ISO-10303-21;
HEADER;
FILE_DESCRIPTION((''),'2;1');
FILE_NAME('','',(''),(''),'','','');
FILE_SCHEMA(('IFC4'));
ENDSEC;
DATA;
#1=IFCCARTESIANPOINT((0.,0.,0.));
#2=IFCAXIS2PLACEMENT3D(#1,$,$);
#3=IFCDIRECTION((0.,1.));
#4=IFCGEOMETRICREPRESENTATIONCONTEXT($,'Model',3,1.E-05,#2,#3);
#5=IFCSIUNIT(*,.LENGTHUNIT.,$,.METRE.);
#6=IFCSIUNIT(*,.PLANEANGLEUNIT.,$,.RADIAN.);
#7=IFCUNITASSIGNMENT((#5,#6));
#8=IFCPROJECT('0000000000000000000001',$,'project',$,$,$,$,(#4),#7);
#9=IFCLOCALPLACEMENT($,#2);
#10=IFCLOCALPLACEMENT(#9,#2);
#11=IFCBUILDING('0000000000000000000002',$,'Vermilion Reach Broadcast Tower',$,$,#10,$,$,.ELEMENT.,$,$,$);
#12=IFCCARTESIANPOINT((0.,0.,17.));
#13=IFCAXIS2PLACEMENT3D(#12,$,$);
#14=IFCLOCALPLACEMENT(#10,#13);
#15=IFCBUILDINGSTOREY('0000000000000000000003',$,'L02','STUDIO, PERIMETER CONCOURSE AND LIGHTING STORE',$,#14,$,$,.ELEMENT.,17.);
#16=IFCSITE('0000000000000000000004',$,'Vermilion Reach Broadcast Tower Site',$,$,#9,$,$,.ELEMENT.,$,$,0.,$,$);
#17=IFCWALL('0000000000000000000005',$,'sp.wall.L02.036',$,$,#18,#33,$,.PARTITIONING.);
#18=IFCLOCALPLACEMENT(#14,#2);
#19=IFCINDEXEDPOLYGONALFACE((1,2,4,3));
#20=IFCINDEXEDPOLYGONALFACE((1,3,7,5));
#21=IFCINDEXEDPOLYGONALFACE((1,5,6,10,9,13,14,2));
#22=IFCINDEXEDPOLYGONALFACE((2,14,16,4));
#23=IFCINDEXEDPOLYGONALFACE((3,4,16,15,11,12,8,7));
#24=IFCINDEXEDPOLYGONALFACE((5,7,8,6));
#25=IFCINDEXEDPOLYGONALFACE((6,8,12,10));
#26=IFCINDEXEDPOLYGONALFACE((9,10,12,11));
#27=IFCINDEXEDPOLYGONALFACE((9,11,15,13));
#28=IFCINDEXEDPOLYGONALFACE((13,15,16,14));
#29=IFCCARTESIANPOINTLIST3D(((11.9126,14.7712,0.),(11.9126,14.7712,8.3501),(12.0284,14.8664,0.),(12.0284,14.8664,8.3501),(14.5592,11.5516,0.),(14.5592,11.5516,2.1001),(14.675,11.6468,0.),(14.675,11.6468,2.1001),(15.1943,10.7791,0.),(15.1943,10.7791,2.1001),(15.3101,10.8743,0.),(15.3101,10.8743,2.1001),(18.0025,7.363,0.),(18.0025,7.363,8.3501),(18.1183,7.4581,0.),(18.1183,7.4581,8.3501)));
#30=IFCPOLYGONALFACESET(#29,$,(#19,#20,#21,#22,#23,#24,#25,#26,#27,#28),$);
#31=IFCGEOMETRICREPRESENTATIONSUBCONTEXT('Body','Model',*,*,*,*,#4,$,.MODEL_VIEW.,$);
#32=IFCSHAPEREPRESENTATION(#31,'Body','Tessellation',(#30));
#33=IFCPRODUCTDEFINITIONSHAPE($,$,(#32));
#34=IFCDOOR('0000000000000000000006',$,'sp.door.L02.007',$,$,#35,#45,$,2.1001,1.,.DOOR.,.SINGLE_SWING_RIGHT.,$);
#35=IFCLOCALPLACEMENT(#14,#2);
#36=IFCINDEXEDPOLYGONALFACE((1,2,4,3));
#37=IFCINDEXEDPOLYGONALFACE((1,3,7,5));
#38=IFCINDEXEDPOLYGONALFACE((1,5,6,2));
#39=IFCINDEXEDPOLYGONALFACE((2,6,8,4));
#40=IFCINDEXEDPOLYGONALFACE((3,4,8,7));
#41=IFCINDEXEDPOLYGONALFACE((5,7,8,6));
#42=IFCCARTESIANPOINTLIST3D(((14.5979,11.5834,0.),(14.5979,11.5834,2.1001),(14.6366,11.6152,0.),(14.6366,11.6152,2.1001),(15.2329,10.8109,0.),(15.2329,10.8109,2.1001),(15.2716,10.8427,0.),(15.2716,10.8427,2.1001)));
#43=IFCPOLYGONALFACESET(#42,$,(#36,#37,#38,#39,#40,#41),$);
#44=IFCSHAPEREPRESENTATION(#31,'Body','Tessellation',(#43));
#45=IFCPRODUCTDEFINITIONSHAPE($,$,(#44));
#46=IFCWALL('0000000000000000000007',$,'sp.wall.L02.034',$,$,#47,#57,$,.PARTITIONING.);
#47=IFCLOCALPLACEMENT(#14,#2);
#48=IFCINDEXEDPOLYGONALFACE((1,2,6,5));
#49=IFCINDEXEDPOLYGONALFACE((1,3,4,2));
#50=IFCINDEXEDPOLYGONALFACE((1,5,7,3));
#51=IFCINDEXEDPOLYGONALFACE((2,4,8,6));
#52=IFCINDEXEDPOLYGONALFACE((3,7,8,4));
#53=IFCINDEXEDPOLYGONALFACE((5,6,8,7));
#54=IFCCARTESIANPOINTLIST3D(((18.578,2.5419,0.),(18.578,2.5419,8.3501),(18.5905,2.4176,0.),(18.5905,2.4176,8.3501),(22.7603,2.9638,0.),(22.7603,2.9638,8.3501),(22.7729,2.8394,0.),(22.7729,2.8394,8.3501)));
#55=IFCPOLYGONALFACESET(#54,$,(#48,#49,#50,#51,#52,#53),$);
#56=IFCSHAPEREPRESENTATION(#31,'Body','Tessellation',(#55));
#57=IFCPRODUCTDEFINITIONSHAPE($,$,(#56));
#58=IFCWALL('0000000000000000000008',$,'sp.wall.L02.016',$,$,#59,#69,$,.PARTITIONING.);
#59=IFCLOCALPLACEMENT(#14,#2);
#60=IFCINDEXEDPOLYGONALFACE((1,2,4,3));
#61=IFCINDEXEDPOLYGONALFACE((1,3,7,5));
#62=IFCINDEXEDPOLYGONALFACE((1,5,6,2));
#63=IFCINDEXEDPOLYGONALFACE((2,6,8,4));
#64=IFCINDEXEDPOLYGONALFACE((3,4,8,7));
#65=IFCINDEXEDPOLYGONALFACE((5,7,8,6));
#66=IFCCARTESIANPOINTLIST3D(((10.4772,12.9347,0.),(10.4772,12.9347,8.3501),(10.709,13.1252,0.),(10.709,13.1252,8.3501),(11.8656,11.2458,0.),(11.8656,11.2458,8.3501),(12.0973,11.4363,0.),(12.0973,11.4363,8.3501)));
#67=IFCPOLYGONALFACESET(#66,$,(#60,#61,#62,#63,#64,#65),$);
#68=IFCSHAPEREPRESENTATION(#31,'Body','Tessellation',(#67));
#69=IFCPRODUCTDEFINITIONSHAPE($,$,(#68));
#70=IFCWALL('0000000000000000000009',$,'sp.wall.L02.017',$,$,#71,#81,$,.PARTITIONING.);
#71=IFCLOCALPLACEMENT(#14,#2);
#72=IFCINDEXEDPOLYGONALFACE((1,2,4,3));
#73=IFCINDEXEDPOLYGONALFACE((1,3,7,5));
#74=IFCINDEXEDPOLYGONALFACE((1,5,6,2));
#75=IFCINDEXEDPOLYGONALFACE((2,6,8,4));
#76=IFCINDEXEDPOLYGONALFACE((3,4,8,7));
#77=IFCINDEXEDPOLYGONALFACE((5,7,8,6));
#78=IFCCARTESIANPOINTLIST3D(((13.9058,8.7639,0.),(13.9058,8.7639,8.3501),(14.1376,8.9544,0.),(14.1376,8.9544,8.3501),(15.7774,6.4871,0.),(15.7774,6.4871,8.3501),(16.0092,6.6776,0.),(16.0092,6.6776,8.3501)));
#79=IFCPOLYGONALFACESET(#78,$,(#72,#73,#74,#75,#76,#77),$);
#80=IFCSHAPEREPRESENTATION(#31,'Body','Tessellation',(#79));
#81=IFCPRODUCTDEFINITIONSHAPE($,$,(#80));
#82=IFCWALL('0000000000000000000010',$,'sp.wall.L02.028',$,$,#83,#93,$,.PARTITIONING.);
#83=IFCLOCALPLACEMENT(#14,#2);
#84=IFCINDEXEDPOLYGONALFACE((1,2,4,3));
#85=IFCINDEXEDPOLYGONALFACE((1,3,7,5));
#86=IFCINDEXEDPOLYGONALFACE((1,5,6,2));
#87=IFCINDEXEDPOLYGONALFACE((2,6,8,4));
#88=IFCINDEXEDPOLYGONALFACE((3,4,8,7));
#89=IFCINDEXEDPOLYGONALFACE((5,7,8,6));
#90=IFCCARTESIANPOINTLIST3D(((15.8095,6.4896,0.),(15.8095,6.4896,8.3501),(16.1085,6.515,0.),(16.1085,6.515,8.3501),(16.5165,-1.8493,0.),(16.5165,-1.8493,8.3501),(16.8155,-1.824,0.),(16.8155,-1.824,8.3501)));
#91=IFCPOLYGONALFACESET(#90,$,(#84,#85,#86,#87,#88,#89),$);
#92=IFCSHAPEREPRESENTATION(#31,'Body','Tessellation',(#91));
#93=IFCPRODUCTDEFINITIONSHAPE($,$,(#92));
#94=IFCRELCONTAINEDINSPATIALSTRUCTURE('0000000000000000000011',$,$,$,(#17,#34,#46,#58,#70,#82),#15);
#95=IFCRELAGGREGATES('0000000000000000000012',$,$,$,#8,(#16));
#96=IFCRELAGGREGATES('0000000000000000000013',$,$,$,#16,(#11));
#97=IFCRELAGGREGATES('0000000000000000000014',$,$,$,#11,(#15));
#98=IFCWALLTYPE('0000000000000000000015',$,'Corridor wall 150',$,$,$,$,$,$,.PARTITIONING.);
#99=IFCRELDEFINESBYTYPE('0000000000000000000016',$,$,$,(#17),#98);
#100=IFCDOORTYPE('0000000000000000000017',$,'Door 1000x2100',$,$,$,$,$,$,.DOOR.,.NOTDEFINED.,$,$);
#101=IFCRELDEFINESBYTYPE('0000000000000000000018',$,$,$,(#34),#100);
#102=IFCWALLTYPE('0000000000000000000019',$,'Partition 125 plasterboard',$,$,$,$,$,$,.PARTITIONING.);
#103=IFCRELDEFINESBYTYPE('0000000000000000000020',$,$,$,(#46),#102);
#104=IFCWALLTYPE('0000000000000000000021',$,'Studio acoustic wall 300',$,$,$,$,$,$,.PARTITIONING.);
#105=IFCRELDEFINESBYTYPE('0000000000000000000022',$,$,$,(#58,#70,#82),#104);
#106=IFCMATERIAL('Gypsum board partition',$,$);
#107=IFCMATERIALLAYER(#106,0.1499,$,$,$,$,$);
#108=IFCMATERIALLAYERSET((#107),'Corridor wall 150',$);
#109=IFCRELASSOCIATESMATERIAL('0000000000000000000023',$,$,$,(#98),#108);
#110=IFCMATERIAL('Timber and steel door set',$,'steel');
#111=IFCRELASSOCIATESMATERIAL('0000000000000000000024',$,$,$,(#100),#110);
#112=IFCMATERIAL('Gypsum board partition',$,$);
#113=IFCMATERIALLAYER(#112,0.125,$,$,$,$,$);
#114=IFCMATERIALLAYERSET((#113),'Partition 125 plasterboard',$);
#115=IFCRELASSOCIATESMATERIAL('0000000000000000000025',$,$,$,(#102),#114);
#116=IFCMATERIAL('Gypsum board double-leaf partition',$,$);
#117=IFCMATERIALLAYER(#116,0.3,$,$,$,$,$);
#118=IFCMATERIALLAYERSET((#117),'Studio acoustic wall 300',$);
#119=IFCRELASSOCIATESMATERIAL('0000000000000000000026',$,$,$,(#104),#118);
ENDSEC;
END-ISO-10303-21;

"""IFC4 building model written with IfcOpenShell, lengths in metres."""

from ifc_helpers import new_model, si_unit, direction, frame, frame_2d, origin, place, context, subcontext, project, spatial, rectangle, extrude, material, layer, layer_set, type_object, element, fill, save


model = new_model("IFC4")

# Units and contexts
model_context = context("Model", 3, precision=1e-05, world=origin(), true_north=direction((0.0, 1.0)))
body_context = subcontext(model_context, "Body", "Model", "MODEL_VIEW")
ifc_project = project(units=[si_unit("LENGTHUNIT", "METRE"), si_unit("PLANEANGLEUNIT", "RADIAN")], contexts=[model_context])

# Site, building, storey
site_placement = place(None, origin())
site = spatial("IfcSite", under=ifc_project, at=site_placement, Name="Vermilion Reach Broadcast Tower Site", CompositionType="ELEMENT", RefElevation=0.0)
building_placement = place(site_placement, origin())
building = spatial("IfcBuilding", under=site, at=building_placement, Name="Vermilion Reach Broadcast Tower", CompositionType="ELEMENT")
storey_placement = place(building_placement, frame((0.0, 0.0, 17.0)))
storey = spatial("IfcBuildingStorey", under=building, at=storey_placement, Name="L02", Description="STUDIO, PERIMETER CONCOURSE AND LIGHTING STORE", CompositionType="ELEMENT", Elevation=17.0)

# Shared definitions
ifc_material_1 = material(Name="Gypsum board partition")
ifc_layer_1 = layer(ifc_material_1, 0.1499)
ifc_layer_set_1 = layer_set([ifc_layer_1], Name="Corridor wall 150")
wall_type_1 = type_object("IfcWallType", Name="Corridor wall 150", PredefinedType="PARTITIONING", material=ifc_layer_set_1)

# Wall, opening, door
wall_1_placement = place(storey_placement, frame((18.0603, 7.4106, 0.0), z_axis=(0.0, 0.0, 1.0), x_axis=(-0.635022, 0.772494, 0.0)))
wall_1 = element("IfcWall", 1, at=wall_1_placement, inside=storey, type_object=wall_type_1, Name="sp.wall.L02.036", PredefinedType="PARTITIONING", context=body_context, shape_type="SweptSolid", body=[
    extrude(rectangle(XDim=9.5901, YDim=0.1499, at=frame_2d((4.7949, 0.0))), origin(), (0.0, 0.0, 1.0), 8.3501),
])
opening_placement = place(wall_1_placement, frame((4.4221, 0.0, 0.0)))
opening = element("IfcOpeningElement", 2, at=opening_placement, cuts=wall_1, PredefinedType="OPENING", context=body_context, shape_type="SweptSolid", body=[
    extrude(rectangle(XDim=1.0, YDim=2.1001, at=frame_2d((0.5, 1.05))), frame((0.0, 0.085, 0.0), z_axis=(0.0, -1.0, 0.0), x_axis=(1.0, 0.0, 0.0)), (0.0, 0.0, 1.0), 0.1699),
])
ifc_material_2 = material(Name="Timber and steel door set", Category="steel")
door_type = type_object("IfcDoorType", Name="Door 1000x2100", OperationType="NOTDEFINED", PredefinedType="DOOR", material=ifc_material_2)
door_placement = place(opening_placement, origin())
door = element("IfcDoor", 3, at=door_placement, inside=storey, type_object=door_type, Name="sp.door.L02.007", OperationType="SINGLE_SWING_RIGHT", OverallHeight=2.1001, OverallWidth=1.0, PredefinedType="DOOR", context=body_context, shape_type="SweptSolid", body=[
    extrude(rectangle(XDim=1.0, YDim=2.1001, at=frame_2d((0.5, 1.05))), frame((0.0, 0.0249, 0.0), z_axis=(0.0, -1.0, 0.0), x_axis=(1.0, 0.0, 0.0)), (0.0, 0.0, 1.0), 0.05),
])
fill(opening, door)

# Walls
ifc_material_3 = material(Name="Gypsum board partition")
ifc_layer_2 = layer(ifc_material_3, 0.125)
ifc_layer_set_2 = layer_set([ifc_layer_2], Name="Partition 125 plasterboard")
wall_type_2 = type_object("IfcWallType", Name="Partition 125 plasterboard", PredefinedType="PARTITIONING", material=ifc_layer_set_2)
wall_2_placement = place(storey_placement, frame((18.5842, 2.4797, 0.0), z_axis=(0.0, 0.0, 1.0), x_axis=(0.994951, 0.10036, 0.0)))
element("IfcWall", 4, at=wall_2_placement, inside=storey, type_object=wall_type_2, Name="sp.wall.L02.034", PredefinedType="PARTITIONING", context=body_context, shape_type="SweptSolid", body=[
    extrude(rectangle(XDim=4.2036, YDim=0.125, at=frame_2d((2.1018, 0.0))), origin(), (0.0, 0.0, 1.0), 8.3501),
])
ifc_material_4 = material(Name="Gypsum board double-leaf partition")
ifc_layer_3 = layer(ifc_material_4, 0.3)
ifc_layer_set_3 = layer_set([ifc_layer_3], Name="Studio acoustic wall 300")
wall_type_3 = type_object("IfcWallType", Name="Studio acoustic wall 300", PredefinedType="PARTITIONING", material=ifc_layer_set_3)
wall_3_placement = place(storey_placement, frame((10.593, 13.03, 0.0), z_axis=(0.0, 0.0, 1.0), x_axis=(0.63503, -0.772488, 0.0)))
element("IfcWall", 5, at=wall_3_placement, inside=storey, type_object=wall_type_3, Name="sp.wall.L02.016", PredefinedType="PARTITIONING", context=body_context, shape_type="SweptSolid", body=[
    extrude(rectangle(XDim=2.1863, YDim=0.3, at=frame_2d((1.0933, 0.0))), origin(), (0.0, 0.0, 1.0), 8.3501),
])
wall_4_placement = place(storey_placement, frame((14.0217, 8.8591, 0.0), z_axis=(0.0, 0.0, 1.0), x_axis=(0.635004, -0.772509, 0.0)))
element("IfcWall", 6, at=wall_4_placement, inside=storey, type_object=wall_type_3, Name="sp.wall.L02.017", PredefinedType="PARTITIONING", context=body_context, shape_type="SweptSolid", body=[
    extrude(rectangle(XDim=2.9473, YDim=0.3, at=frame_2d((1.4736, 0.0))), origin(), (0.0, 0.0, 1.0), 8.3501),
])
wall_5_placement = place(storey_placement, frame((15.959, 6.5024, 0.0), z_axis=(0.0, 0.0, 1.0), x_axis=(0.084484, -0.996425, 0.0)))
element("IfcWall", 7, at=wall_5_placement, inside=storey, type_object=wall_type_3, Name="sp.wall.L02.028", PredefinedType="PARTITIONING", context=body_context, shape_type="SweptSolid", body=[
    extrude(rectangle(XDim=8.3689, YDim=0.3, at=frame_2d((4.1846, 0.0))), origin(), (0.0, 0.0, 1.0), 8.3501),
])

save(model, "model.ifc")
